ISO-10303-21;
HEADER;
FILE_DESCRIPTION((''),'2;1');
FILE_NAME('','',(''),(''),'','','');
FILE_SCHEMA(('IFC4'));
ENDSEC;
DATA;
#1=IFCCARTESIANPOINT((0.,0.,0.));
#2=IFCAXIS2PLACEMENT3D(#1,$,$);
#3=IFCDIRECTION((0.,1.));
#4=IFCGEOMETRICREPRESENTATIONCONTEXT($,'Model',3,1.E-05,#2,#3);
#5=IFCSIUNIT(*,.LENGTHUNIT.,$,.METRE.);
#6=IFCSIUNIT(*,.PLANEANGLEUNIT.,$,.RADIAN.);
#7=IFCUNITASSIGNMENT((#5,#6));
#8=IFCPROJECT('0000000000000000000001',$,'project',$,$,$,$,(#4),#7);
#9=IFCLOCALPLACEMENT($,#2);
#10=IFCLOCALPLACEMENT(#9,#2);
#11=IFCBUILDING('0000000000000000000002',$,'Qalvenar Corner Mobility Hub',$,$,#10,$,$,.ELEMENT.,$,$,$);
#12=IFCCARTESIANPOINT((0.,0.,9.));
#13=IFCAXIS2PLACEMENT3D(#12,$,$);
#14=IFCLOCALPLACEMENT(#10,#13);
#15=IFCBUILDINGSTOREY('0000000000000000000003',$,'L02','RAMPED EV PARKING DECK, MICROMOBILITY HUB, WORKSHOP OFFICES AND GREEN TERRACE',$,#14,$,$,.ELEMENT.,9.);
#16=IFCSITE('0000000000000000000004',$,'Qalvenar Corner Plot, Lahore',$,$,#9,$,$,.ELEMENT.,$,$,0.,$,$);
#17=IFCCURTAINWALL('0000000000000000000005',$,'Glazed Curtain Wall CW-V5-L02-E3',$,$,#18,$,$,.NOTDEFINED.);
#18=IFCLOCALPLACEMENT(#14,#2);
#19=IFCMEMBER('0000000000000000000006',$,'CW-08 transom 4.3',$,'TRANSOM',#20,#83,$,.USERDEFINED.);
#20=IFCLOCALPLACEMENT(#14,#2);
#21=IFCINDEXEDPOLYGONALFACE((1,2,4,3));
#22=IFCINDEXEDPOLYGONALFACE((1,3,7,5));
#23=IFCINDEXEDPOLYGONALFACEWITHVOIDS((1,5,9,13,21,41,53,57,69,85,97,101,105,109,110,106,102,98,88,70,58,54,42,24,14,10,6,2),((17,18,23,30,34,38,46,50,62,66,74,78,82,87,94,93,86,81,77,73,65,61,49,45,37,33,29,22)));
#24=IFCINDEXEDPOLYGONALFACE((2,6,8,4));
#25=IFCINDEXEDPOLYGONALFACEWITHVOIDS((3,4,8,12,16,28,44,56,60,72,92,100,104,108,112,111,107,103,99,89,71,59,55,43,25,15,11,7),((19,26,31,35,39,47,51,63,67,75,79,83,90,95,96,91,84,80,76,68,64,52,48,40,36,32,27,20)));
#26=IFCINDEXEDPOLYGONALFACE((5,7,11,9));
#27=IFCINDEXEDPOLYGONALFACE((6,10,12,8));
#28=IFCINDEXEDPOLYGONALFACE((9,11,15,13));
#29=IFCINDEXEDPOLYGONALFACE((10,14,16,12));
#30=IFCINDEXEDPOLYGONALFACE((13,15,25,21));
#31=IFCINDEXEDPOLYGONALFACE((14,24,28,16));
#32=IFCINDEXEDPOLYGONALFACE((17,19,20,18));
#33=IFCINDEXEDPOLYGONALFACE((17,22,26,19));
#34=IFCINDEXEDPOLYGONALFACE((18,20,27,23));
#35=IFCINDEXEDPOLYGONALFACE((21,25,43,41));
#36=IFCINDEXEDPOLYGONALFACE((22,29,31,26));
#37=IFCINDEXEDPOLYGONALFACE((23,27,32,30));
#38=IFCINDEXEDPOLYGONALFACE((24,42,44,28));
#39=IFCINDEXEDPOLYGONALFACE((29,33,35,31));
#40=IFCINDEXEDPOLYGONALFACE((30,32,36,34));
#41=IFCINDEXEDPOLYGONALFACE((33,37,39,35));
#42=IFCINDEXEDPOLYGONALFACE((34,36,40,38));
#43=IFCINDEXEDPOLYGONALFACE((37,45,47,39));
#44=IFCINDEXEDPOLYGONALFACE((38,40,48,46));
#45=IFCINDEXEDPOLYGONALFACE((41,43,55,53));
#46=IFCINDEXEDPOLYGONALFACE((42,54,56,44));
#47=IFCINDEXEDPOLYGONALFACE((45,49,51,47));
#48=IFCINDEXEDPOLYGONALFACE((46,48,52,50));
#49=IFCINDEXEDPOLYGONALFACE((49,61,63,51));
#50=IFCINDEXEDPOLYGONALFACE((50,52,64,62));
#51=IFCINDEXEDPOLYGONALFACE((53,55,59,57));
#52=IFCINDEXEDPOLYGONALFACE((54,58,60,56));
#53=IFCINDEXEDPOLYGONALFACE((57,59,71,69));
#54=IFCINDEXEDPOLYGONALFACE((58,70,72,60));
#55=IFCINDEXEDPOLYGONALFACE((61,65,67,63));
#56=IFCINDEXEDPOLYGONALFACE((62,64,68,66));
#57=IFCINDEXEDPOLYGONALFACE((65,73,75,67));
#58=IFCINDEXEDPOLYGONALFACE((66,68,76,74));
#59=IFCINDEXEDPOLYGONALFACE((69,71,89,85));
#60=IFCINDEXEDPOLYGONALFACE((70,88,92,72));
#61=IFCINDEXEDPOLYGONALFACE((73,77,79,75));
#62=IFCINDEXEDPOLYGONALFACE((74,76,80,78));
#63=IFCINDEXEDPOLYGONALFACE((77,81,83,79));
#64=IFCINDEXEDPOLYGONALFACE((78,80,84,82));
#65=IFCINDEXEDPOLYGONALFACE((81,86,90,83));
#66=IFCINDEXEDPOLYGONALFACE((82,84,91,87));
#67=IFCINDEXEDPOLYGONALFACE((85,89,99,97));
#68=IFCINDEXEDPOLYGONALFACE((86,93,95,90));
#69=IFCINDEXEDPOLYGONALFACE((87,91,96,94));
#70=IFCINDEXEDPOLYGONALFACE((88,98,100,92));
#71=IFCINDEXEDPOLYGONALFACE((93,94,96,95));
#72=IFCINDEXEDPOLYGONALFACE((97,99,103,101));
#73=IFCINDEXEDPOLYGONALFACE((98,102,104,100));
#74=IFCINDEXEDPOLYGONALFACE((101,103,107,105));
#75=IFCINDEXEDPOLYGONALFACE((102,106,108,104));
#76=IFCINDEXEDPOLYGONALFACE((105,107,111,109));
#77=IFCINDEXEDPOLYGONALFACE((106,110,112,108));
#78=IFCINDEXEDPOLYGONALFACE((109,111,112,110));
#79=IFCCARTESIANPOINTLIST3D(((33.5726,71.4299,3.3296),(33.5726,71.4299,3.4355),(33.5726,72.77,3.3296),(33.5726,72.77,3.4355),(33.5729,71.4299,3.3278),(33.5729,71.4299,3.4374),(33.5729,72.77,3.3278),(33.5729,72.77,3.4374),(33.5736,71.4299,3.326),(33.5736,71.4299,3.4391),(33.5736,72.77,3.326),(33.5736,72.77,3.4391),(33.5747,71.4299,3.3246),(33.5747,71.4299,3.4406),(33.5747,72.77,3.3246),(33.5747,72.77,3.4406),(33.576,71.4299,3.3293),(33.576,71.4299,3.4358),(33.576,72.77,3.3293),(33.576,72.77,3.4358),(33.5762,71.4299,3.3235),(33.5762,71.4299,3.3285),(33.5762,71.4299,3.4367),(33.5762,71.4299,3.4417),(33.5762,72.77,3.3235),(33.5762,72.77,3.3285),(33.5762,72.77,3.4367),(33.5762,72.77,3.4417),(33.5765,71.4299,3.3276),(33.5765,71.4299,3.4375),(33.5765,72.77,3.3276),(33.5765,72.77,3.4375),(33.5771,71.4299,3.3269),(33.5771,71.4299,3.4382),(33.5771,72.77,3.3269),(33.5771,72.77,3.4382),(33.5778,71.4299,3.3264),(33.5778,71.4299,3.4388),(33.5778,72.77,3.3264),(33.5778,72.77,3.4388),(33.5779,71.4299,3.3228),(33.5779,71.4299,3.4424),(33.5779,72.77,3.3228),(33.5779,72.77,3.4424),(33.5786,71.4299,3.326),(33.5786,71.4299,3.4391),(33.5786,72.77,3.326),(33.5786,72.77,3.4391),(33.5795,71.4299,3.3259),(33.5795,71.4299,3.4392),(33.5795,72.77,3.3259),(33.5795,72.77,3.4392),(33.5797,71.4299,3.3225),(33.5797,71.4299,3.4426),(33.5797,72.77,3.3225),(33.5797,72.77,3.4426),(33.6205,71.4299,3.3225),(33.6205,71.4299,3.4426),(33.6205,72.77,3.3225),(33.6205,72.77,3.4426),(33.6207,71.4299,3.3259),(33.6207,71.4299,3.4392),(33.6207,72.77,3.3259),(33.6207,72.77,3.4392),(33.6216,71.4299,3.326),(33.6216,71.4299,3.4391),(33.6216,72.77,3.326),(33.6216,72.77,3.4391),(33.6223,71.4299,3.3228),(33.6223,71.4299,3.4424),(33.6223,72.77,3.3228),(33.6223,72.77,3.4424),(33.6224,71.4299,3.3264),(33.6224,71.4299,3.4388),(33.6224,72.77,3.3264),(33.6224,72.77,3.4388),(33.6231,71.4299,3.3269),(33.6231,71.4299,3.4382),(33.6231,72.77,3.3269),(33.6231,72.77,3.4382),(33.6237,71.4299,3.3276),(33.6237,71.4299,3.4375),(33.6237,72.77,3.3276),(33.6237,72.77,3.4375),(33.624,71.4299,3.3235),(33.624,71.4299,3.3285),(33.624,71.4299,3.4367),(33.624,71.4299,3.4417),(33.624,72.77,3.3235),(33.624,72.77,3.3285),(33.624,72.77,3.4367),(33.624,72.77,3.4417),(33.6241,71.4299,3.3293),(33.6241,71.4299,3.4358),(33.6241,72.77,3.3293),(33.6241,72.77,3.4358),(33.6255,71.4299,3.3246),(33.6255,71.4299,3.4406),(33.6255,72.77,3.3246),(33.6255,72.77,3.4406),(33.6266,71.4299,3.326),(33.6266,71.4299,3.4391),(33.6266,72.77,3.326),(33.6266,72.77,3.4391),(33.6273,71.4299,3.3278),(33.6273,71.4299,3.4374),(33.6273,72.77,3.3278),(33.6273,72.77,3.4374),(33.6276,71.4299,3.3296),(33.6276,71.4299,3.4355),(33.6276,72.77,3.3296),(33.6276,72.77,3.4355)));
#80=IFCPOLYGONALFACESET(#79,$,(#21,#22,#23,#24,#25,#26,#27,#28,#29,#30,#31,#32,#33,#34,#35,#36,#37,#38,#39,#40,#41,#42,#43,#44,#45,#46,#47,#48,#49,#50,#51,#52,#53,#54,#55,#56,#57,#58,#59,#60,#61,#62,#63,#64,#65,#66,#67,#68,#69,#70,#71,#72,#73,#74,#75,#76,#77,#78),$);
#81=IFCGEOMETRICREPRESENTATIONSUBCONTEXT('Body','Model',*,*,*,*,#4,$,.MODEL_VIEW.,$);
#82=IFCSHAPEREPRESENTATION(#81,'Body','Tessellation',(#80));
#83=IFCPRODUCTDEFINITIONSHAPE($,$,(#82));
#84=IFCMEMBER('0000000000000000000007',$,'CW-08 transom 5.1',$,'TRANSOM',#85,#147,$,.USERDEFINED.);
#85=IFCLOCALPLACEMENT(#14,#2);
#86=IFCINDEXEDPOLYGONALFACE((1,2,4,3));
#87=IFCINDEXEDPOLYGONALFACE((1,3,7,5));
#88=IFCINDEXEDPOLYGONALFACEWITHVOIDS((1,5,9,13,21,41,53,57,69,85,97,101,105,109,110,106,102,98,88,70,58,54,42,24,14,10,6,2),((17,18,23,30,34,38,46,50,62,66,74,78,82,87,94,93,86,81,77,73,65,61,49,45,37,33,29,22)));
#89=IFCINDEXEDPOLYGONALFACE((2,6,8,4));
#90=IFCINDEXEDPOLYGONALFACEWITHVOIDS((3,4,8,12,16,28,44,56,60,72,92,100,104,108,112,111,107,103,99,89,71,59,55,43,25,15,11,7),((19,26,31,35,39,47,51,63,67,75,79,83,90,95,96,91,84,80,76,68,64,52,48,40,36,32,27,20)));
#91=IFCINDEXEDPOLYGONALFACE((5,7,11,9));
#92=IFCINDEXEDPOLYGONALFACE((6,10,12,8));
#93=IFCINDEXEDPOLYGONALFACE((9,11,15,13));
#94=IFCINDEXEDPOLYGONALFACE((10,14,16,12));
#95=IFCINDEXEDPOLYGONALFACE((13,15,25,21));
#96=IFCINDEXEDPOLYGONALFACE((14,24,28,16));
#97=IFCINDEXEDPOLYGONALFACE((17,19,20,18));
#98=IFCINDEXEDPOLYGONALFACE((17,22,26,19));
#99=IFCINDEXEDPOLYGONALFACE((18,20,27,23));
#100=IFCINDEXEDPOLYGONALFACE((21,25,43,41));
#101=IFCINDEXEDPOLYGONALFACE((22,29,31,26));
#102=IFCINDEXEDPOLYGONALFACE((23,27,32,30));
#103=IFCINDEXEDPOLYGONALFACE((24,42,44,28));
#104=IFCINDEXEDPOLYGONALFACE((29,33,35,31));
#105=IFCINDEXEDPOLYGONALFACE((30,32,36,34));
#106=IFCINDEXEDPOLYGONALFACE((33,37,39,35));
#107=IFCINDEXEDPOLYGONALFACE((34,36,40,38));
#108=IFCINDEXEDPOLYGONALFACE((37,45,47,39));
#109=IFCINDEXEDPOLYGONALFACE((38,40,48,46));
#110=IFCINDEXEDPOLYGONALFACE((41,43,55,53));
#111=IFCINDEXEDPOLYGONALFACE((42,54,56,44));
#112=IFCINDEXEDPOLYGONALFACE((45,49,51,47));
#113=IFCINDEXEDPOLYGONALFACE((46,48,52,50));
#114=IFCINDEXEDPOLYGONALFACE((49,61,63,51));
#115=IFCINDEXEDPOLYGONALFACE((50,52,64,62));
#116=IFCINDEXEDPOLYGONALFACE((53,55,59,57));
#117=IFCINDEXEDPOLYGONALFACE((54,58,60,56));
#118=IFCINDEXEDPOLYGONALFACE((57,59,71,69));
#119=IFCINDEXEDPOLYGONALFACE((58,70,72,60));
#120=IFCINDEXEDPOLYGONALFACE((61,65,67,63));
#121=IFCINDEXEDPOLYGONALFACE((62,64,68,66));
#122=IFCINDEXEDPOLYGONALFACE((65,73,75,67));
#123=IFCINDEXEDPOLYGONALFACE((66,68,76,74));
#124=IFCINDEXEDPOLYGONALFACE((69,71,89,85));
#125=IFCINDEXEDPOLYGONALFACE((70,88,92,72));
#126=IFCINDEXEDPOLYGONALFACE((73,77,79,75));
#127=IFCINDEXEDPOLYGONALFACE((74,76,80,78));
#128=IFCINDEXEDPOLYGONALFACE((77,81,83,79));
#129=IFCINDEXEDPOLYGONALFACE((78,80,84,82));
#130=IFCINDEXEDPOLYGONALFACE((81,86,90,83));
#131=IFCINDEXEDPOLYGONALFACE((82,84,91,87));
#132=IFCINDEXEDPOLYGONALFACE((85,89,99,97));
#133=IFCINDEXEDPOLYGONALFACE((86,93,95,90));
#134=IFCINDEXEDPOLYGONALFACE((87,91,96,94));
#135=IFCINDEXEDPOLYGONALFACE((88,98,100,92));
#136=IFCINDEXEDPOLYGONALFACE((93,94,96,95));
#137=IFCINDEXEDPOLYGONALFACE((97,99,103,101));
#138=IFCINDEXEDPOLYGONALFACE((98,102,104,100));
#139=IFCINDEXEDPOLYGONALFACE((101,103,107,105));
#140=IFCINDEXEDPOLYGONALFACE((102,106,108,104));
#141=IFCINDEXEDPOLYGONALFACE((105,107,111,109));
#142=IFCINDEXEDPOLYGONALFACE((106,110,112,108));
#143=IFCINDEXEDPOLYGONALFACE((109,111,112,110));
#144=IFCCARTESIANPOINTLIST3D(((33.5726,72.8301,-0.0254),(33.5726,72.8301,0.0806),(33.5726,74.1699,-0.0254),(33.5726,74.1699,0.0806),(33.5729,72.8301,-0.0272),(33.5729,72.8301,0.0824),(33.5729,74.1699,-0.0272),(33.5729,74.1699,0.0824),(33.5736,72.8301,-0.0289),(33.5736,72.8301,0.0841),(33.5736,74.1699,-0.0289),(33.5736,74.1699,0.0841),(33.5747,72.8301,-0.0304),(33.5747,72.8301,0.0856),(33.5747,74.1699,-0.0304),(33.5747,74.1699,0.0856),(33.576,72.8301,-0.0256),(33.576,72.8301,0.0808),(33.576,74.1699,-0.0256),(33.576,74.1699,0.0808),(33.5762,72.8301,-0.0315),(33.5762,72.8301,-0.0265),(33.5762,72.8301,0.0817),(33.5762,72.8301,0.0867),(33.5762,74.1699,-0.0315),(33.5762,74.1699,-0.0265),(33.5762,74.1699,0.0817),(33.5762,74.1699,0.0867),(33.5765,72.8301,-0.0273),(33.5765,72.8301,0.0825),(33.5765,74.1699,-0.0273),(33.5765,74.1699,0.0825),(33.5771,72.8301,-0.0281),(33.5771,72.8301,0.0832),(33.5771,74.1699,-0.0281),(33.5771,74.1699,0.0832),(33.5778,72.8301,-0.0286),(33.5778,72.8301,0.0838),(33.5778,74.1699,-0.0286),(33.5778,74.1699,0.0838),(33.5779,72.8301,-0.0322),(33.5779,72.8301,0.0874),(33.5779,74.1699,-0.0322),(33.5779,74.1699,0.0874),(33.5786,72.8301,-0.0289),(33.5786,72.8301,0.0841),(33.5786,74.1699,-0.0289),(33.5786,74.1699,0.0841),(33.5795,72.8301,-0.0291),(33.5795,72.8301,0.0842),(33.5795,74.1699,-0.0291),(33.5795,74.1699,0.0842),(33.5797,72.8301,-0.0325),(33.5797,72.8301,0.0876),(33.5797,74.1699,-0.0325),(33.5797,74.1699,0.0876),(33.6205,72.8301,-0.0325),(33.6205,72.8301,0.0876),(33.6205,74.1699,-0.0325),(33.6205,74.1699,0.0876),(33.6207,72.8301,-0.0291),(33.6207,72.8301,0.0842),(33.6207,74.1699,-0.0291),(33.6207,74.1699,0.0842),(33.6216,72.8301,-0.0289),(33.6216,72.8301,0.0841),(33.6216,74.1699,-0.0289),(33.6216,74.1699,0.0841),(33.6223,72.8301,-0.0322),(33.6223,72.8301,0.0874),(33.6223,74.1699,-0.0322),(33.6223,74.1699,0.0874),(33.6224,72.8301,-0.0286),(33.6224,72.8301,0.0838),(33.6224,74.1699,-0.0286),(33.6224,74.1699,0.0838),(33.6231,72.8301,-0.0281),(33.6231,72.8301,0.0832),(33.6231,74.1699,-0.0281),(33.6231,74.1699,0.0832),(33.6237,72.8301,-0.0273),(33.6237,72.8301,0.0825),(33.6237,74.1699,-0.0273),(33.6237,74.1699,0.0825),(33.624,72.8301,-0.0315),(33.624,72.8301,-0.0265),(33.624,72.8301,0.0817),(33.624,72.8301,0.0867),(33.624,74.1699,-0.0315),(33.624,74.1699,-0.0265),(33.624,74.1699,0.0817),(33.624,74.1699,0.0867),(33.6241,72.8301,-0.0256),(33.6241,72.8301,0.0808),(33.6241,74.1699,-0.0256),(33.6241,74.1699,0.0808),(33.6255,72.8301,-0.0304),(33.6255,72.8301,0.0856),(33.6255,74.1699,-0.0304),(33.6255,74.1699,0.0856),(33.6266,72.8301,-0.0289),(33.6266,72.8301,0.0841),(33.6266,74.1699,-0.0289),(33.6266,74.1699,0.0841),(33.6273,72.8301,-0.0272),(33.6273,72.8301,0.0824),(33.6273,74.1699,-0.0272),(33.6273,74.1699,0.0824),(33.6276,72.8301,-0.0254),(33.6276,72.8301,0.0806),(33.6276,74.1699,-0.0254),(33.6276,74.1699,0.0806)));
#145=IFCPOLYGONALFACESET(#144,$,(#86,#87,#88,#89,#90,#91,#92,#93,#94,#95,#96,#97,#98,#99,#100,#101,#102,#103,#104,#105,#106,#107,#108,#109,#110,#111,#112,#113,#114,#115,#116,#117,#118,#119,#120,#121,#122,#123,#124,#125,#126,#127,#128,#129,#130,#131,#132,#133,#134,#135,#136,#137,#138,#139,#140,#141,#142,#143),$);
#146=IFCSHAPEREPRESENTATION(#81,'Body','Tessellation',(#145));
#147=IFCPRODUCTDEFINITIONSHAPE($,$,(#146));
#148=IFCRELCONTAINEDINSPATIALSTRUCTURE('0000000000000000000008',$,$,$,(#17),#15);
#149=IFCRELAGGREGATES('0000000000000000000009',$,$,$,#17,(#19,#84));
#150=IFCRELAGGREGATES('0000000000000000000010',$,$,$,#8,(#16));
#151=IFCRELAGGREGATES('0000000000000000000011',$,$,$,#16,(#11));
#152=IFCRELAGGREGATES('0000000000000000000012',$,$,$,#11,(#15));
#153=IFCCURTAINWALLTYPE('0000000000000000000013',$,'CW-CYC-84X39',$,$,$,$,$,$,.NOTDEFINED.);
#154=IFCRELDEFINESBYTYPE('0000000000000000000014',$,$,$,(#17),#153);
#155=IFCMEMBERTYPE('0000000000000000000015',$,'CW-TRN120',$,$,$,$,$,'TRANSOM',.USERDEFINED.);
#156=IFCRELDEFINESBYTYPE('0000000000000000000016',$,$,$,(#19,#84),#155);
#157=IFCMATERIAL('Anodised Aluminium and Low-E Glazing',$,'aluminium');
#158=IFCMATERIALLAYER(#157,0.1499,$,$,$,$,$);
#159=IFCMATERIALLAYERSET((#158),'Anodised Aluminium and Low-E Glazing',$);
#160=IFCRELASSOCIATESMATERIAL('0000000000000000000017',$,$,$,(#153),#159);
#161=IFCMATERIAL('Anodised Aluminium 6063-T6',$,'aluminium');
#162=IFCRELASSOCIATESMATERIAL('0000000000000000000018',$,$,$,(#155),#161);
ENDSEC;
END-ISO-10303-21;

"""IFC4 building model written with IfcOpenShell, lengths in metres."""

from ifc_helpers import new_model, si_unit, direction, frame, origin, origin_2d, place, context, subcontext, project, spatial, hollow_rectangle, extrude, material, layer, layer_set, material_profile, profile_set, type_object, element, aggregate, save


model = new_model("IFC4")

# Units and contexts
model_context = context("Model", 3, precision=1e-05, world=origin(), true_north=direction((0.0, 1.0)))
body_context = subcontext(model_context, "Body", "Model", "MODEL_VIEW")
ifc_project = project(units=[si_unit("LENGTHUNIT", "METRE"), si_unit("PLANEANGLEUNIT", "RADIAN")], contexts=[model_context])

# Site, building, storey
site_placement = place(None, origin())
site = spatial("IfcSite", under=ifc_project, at=site_placement, Name="Qalvenar Corner Plot, Lahore", CompositionType="ELEMENT", RefElevation=0.0)
building_placement = place(site_placement, origin())
building = spatial("IfcBuilding", under=site, at=building_placement, Name="Qalvenar Corner Mobility Hub", CompositionType="ELEMENT")
storey_placement = place(building_placement, frame((0.0, 0.0, 9.0)))
storey = spatial("IfcBuildingStorey", under=building, at=storey_placement, Name="L02", Description="RAMPED EV PARKING DECK, MICROMOBILITY HUB, WORKSHOP OFFICES AND GREEN TERRACE", CompositionType="ELEMENT", Elevation=9.0)

# Curtain wall, members
ifc_material_1 = material(Name="Anodised Aluminium and Low-E Glazing", Category="aluminium")
ifc_layer_1 = layer(ifc_material_1, 0.1499)
ifc_layer_set_1 = layer_set([ifc_layer_1], Name="Anodised Aluminium and Low-E Glazing")
curtain_wall_type = type_object("IfcCurtainWallType", Name="CW-CYC-84X39", PredefinedType="NOTDEFINED", material=ifc_layer_set_1)
curtain_wall_placement = place(storey_placement, origin())
curtain_wall = element("IfcCurtainWall", 1, at=curtain_wall_placement, inside=storey, type_object=curtain_wall_type, Name="Glazed Curtain Wall CW-V5-L02-E3", PredefinedType="NOTDEFINED")
ifc_material_2 = material(Name="Anodised Aluminium 6063-T6", Category="aluminium")
ifc_material_profile_1 = material_profile(ifc_material_2, hollow_rectangle(XDim=0.0549, YDim=0.1201, WallThickness=0.0034, InnerFilletRadius=0.0034, OuterFilletRadius=0.0071, at=origin_2d()), Name="RHS120x55x3.5")
ifc_profile_set_1 = profile_set([ifc_material_profile_1], Name="Anodised Aluminium 6063-T6")
member_type_1 = type_object("IfcMemberType", Name="CW-TRN120", ElementType="TRANSOM", PredefinedType="USERDEFINED", material=ifc_profile_set_1)
member_1_placement = place(storey_placement, frame((33.6001, 71.4299, 3.3826), z_axis=(0.0, 1.0, 0.0), x_axis=(-1.0, 0.0, 0.0)))
member_1 = element("IfcMember", 2, at=member_1_placement, type_object=member_type_1, Name="CW-08 transom 4.3", ObjectType="TRANSOM", PredefinedType="USERDEFINED", context=body_context, shape_type="SweptSolid", body=[
    extrude(hollow_rectangle(XDim=0.0549, YDim=0.1201, WallThickness=0.0034, InnerFilletRadius=0.0034, OuterFilletRadius=0.0071, at=origin_2d()), origin(), (0.0, 0.0, 1.0), 1.3401),
])
member_2_placement = place(storey_placement, frame((33.6001, 72.8301, 0.0276), z_axis=(0.0, 1.0, 0.0), x_axis=(-1.0, 0.0, 0.0)))
member_2 = element("IfcMember", 3, at=member_2_placement, type_object=member_type_1, Name="CW-08 transom 5.1", ObjectType="TRANSOM", PredefinedType="USERDEFINED", context=body_context, shape_type="SweptSolid", body=[
    extrude(hollow_rectangle(XDim=0.0549, YDim=0.1201, WallThickness=0.0034, InnerFilletRadius=0.0034, OuterFilletRadius=0.0071, at=origin_2d()), origin(), (0.0, 0.0, 1.0), 1.3398),
])
aggregate(curtain_wall, [member_1, member_2])

save(model, "model.ifc")
